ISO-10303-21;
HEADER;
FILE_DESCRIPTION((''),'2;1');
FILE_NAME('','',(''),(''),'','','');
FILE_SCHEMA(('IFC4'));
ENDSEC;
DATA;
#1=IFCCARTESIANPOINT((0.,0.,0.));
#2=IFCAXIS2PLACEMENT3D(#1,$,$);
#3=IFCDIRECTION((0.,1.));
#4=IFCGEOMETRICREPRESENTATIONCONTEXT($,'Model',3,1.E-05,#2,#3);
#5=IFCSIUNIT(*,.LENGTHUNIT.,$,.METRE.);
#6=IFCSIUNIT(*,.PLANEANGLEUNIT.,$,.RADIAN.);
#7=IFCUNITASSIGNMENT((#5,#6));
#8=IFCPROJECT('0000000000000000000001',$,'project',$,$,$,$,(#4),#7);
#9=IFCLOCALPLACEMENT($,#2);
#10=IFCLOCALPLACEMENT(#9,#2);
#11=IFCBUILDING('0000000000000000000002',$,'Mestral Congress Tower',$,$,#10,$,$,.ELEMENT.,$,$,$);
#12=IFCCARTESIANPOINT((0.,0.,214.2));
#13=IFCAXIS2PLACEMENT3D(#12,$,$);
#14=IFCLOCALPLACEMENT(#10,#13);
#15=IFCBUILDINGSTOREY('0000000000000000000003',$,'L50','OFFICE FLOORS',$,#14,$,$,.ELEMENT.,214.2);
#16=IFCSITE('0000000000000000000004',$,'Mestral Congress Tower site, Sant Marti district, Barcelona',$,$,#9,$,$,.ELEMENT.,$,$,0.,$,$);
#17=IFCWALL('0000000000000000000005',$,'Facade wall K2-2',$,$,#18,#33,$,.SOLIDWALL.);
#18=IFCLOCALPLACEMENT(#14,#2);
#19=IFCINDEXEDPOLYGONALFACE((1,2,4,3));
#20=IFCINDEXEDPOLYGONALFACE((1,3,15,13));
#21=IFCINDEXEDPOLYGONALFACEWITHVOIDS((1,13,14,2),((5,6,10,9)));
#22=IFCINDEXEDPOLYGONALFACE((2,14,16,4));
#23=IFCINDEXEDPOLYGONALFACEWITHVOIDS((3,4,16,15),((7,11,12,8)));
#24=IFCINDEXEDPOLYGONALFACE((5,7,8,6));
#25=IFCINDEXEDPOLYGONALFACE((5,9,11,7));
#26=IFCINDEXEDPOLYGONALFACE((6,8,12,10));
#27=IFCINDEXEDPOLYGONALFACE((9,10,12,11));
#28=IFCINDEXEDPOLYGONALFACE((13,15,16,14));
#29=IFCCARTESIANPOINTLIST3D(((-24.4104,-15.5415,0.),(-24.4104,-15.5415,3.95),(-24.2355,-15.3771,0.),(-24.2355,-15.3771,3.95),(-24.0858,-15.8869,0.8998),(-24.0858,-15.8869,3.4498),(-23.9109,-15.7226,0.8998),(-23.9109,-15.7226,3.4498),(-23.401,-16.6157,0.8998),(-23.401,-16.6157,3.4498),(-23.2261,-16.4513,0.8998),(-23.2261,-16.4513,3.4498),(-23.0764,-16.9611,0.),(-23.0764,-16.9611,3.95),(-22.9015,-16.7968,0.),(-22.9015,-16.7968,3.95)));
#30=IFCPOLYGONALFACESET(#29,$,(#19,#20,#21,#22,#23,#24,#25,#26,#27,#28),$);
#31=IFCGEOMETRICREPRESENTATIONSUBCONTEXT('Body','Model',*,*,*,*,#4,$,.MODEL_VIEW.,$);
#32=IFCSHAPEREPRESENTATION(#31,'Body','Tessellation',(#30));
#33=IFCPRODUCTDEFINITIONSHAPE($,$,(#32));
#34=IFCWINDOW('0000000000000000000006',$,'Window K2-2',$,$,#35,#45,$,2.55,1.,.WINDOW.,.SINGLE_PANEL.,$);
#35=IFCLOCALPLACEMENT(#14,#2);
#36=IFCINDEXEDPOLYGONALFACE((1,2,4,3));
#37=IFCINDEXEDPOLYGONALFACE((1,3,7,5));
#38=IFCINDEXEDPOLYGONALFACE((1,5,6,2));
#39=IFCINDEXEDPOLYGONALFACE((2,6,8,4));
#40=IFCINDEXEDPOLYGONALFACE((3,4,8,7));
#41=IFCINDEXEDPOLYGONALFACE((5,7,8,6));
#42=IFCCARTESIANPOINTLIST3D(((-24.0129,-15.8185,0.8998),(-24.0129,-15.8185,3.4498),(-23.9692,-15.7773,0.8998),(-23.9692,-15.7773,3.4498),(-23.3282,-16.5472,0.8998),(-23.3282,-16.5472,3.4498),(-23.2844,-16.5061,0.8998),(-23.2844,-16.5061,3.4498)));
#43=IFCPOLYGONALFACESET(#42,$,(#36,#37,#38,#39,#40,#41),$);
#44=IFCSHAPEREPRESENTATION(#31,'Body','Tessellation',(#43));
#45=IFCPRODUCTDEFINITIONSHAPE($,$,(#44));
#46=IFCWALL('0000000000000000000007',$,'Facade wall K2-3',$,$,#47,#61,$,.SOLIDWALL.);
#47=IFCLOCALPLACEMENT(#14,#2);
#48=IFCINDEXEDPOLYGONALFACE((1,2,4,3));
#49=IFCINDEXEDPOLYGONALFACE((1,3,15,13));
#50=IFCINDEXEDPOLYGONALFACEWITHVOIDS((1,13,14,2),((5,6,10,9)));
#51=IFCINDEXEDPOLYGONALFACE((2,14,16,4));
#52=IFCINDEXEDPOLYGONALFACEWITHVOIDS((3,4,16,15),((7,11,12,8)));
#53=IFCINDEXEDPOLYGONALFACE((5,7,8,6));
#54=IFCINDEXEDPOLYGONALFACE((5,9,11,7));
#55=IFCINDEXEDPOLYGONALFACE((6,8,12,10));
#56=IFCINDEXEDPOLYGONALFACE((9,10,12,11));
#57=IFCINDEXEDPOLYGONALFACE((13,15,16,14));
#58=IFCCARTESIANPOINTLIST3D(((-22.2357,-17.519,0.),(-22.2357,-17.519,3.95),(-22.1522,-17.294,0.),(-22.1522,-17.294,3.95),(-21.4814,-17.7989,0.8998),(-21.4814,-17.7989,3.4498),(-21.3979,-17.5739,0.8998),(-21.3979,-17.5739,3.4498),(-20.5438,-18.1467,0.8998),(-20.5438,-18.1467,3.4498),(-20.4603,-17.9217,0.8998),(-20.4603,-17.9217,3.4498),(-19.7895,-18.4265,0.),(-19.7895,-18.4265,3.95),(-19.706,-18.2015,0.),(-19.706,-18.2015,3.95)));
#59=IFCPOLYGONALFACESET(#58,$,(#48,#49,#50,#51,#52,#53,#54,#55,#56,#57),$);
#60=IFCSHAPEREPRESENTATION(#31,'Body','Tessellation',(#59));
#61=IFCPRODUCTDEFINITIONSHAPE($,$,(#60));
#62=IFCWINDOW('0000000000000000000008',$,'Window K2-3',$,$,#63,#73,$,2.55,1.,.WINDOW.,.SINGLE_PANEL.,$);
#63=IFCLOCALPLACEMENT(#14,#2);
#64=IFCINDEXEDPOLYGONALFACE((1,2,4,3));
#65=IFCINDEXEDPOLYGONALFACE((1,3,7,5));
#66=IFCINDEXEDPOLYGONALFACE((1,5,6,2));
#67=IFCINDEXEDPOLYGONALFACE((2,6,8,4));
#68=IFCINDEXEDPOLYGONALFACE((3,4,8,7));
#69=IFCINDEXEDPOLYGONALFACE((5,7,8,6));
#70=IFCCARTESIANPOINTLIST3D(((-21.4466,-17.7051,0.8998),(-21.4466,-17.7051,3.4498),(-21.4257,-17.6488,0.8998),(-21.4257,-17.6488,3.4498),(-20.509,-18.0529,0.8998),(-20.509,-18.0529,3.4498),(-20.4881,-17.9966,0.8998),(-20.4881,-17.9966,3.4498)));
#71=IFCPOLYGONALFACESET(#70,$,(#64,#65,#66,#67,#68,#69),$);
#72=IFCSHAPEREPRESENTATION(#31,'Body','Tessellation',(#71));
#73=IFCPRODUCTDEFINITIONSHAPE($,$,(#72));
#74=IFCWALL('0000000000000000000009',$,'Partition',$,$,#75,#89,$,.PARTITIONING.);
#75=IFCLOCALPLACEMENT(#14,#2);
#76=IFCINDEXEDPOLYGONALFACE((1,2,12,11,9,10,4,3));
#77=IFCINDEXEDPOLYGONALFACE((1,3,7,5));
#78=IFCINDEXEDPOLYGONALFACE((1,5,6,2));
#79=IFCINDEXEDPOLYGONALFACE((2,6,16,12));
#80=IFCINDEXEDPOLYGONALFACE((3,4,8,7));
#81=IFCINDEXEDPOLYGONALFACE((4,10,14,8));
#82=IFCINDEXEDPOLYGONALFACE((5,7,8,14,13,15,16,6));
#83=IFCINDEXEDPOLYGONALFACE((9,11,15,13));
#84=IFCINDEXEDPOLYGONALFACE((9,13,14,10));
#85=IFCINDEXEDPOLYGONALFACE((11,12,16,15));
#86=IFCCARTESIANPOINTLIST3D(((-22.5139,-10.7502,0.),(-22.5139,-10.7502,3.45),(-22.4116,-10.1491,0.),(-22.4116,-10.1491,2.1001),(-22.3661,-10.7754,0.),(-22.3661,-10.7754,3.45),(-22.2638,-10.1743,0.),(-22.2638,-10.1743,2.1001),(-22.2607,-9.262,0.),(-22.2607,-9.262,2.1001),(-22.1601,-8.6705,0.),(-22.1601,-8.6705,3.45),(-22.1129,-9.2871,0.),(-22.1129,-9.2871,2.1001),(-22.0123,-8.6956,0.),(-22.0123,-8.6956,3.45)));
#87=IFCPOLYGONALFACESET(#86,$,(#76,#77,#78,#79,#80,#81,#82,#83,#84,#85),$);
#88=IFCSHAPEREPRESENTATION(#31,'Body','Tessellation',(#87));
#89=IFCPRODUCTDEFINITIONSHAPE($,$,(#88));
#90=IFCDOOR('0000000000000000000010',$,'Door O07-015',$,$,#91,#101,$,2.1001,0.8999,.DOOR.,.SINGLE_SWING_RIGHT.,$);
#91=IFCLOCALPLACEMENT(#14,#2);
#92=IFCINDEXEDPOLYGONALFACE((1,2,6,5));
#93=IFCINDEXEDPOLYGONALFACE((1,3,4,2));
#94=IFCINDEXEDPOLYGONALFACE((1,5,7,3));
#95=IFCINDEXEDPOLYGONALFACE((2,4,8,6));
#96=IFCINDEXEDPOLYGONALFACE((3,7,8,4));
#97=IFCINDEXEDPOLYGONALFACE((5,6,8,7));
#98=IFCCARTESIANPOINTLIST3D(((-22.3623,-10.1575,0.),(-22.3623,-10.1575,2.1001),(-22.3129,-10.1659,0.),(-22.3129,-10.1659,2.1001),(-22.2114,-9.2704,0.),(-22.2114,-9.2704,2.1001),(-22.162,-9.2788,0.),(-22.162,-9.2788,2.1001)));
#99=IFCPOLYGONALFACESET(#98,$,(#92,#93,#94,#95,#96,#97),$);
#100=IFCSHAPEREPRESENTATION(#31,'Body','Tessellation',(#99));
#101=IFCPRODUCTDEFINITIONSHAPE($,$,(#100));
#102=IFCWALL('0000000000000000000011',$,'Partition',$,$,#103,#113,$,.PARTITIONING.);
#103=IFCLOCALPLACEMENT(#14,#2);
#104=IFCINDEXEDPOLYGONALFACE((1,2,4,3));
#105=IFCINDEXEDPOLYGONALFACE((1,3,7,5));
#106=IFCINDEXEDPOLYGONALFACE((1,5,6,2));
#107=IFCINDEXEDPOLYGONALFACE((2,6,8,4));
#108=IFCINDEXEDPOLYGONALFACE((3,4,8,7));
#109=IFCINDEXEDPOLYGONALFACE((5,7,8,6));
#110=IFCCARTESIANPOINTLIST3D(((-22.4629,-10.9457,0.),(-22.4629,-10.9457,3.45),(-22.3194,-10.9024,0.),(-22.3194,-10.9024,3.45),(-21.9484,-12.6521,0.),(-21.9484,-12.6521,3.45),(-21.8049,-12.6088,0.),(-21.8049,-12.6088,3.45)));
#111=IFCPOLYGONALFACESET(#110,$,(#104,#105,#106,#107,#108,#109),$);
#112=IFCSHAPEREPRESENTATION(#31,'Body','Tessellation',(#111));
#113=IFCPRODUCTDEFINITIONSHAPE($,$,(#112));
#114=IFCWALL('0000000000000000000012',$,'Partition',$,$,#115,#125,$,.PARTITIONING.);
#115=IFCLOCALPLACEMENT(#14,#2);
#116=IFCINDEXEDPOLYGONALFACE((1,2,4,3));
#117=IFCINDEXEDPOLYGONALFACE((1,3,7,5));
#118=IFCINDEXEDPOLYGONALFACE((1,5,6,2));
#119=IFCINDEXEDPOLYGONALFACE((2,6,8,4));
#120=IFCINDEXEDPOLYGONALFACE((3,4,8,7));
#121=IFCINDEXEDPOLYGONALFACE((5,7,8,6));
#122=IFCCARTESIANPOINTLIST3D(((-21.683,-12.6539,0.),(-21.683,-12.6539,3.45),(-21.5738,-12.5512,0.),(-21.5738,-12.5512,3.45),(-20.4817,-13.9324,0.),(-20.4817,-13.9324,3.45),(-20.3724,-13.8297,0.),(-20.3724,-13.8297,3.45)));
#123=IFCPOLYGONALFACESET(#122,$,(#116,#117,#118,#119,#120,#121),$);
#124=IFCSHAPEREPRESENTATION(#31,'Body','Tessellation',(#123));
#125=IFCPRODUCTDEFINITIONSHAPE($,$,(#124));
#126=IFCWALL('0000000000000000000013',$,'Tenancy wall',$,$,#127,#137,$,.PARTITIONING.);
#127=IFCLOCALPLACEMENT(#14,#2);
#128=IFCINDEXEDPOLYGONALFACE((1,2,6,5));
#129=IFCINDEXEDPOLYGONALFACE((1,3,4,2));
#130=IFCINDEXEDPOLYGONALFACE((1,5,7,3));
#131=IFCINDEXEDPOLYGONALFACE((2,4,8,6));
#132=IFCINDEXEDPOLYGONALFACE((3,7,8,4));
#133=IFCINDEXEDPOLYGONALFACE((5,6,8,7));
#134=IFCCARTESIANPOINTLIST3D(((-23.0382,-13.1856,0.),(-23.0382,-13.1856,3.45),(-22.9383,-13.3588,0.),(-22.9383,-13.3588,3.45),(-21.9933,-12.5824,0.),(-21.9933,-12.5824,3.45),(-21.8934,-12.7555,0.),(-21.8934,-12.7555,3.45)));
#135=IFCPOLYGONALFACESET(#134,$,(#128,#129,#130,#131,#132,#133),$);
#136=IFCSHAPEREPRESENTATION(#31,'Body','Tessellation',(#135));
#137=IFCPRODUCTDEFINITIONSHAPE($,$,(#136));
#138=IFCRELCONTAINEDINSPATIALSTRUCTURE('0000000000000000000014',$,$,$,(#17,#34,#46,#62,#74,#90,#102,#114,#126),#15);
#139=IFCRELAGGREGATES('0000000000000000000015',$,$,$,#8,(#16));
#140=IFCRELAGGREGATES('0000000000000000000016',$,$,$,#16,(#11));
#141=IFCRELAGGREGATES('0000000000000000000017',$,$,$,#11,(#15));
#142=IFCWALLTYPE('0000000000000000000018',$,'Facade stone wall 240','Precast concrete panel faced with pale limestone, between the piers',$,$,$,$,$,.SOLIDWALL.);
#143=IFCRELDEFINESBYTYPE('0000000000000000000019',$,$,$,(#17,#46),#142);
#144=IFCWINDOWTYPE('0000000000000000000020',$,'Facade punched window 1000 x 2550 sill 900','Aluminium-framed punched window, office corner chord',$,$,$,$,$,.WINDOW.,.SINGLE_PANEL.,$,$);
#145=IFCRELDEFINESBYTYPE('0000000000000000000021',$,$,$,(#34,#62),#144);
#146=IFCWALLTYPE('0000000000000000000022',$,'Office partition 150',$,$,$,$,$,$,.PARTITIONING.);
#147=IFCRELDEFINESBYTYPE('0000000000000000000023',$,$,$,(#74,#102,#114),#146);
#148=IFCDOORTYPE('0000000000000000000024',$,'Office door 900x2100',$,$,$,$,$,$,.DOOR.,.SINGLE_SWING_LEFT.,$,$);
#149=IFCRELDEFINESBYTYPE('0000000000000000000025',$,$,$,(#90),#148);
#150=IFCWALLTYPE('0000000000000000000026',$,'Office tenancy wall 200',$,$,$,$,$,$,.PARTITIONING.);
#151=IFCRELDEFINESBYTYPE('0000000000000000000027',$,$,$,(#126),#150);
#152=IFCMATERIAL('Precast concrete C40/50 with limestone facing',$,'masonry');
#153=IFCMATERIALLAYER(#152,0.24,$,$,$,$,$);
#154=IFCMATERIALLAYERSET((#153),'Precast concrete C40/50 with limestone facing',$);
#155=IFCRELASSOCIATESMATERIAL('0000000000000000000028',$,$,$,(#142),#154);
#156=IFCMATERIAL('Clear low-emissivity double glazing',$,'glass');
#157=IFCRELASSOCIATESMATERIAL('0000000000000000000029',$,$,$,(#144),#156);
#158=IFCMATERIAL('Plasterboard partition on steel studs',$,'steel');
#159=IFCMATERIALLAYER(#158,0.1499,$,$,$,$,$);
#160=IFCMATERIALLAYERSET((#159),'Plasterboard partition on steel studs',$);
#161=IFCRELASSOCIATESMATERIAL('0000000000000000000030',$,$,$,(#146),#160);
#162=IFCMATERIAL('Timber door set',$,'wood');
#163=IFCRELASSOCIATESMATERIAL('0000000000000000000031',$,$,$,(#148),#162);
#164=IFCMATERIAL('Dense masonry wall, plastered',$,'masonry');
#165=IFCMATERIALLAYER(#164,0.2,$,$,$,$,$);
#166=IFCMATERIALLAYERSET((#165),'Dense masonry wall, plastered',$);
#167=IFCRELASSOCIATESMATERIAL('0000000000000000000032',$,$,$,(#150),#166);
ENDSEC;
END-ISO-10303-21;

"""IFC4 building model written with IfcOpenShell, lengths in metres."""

from ifc_helpers import new_model, si_unit, direction, frame, frame_2d, origin, place, context, subcontext, project, spatial, rectangle, extrude, material, layer, layer_set, type_object, element, fill, save


model = new_model("IFC4")

# Units and contexts
model_context = context("Model", 3, precision=1e-05, world=origin(), true_north=direction((0.0, 1.0)))
body_context = subcontext(model_context, "Body", "Model", "MODEL_VIEW")
ifc_project = project(units=[si_unit("LENGTHUNIT", "METRE"), si_unit("PLANEANGLEUNIT", "RADIAN")], contexts=[model_context])

# Site, building, storey
site_placement = place(None, origin())
site = spatial("IfcSite", under=ifc_project, at=site_placement, Name="Mestral Congress Tower site, Sant Marti district, Barcelona", CompositionType="ELEMENT", RefElevation=0.0)
building_placement = place(site_placement, origin())
building = spatial("IfcBuilding", under=site, at=building_placement, Name="Mestral Congress Tower", CompositionType="ELEMENT")
storey_placement = place(building_placement, frame((0.0, 0.0, 214.2)))
storey = spatial("IfcBuildingStorey", under=building, at=storey_placement, Name="L50", Description="OFFICE FLOORS", CompositionType="ELEMENT", Elevation=214.2)

# Walls, openings, windows
ifc_material_1 = material(Name="Precast concrete C40/50 with limestone facing", Category="masonry")
ifc_layer_1 = layer(ifc_material_1, 0.24)
ifc_layer_set_1 = layer_set([ifc_layer_1], Name="Precast concrete C40/50 with limestone facing")
wall_type_1 = type_object("IfcWallType", Name="Facade stone wall 240", Description="Precast concrete panel faced with pale limestone, between the piers", PredefinedType="SOLIDWALL", material=ifc_layer_set_1)
ifc_material_2 = material(Name="Clear low-emissivity double glazing", Category="glass")
window_type = type_object("IfcWindowType", Name="Facade punched window 1000 x 2550 sill 900", Description="Aluminium-framed punched window, office corner chord", PartitioningType="SINGLE_PANEL", PredefinedType="WINDOW", material=ifc_material_2)
wall_1_placement = place(storey_placement, frame((-24.323, -15.4592, 0.0), z_axis=(0.0, 0.0, 1.0), x_axis=(0.68477, -0.728759, 0.0)))
wall_1 = element("IfcWall", 1, at=wall_1_placement, inside=storey, type_object=wall_type_1, Name="Facade wall K2-2", PredefinedType="SOLIDWALL", context=body_context, shape_type="SweptSolid", body=[
    extrude(rectangle(XDim=1.948, YDim=0.24, at=frame_2d((0.9741, 0.0))), origin(), (0.0, 0.0, 1.0), 3.95),
])
opening_1_placement = place(wall_1_placement, frame((0.4741, 0.0, 0.8999)))
opening_1 = element("IfcOpeningElement", 2, at=opening_1_placement, cuts=wall_1, PredefinedType="OPENING", context=body_context, shape_type="SweptSolid", body=[
    extrude(rectangle(XDim=1.0, YDim=2.55, at=frame_2d((0.5, 1.2749))), frame((0.0, 0.1299, 0.0), z_axis=(0.0, -1.0, 0.0), x_axis=(1.0, 0.0, 0.0)), (0.0, 0.0, 1.0), 0.26),
])
window_1_placement = place(opening_1_placement, origin())
window_1 = element("IfcWindow", 3, at=window_1_placement, inside=storey, type_object=window_type, Name="Window K2-2", OverallHeight=2.55, OverallWidth=1.0, PartitioningType="SINGLE_PANEL", PredefinedType="WINDOW", context=body_context, shape_type="SweptSolid", body=[
    extrude(rectangle(XDim=1.0, YDim=2.55, at=frame_2d((0.5, 1.2749))), frame((0.0, 0.04, 0.0), z_axis=(0.0, -1.0, 0.0), x_axis=(1.0, 0.0, 0.0)), (0.0, 0.0, 1.0), 0.0601),
])
fill(opening_1, window_1)
wall_2_placement = place(storey_placement, frame((-22.1941, -17.4065, 0.0), z_axis=(0.0, 0.0, 1.0), x_axis=(0.937569, -0.347799, 0.0)))
wall_2 = element("IfcWall", 4, at=wall_2_placement, inside=storey, type_object=wall_type_1, Name="Facade wall K2-3", PredefinedType="SOLIDWALL", context=body_context, shape_type="SweptSolid", body=[
    extrude(rectangle(XDim=2.6091, YDim=0.24, at=frame_2d((1.3047, 0.0))), origin(), (0.0, 0.0, 1.0), 3.95),
])
opening_2_placement = place(wall_2_placement, frame((0.8047, 0.0, 0.8999)))
opening_2 = element("IfcOpeningElement", 5, at=opening_2_placement, cuts=wall_2, PredefinedType="OPENING", context=body_context, shape_type="SweptSolid", body=[
    extrude(rectangle(XDim=1.0, YDim=2.55, at=frame_2d((0.5, 1.2749))), frame((0.0, 0.1299, 0.0), z_axis=(0.0, -1.0, 0.0), x_axis=(1.0, 0.0, 0.0)), (0.0, 0.0, 1.0), 0.26),
])
window_2_placement = place(opening_2_placement, origin())
window_2 = element("IfcWindow", 6, at=window_2_placement, inside=storey, type_object=window_type, Name="Window K2-3", OverallHeight=2.55, OverallWidth=1.0, PartitioningType="SINGLE_PANEL", PredefinedType="WINDOW", context=body_context, shape_type="SweptSolid", body=[
    extrude(rectangle(XDim=1.0, YDim=2.55, at=frame_2d((0.5, 1.2749))), frame((0.0, 0.04, 0.0), z_axis=(0.0, -1.0, 0.0), x_axis=(1.0, 0.0, 0.0)), (0.0, 0.0, 1.0), 0.0601),
])
fill(opening_2, window_2)

# Wall, opening, door
ifc_material_3 = material(Name="Plasterboard partition on steel studs", Category="steel")
ifc_layer_2 = layer(ifc_material_3, 0.1499)
ifc_layer_set_2 = layer_set([ifc_layer_2], Name="Plasterboard partition on steel studs")
wall_type_2 = type_object("IfcWallType", Name="Office partition 150", PredefinedType="PARTITIONING", material=ifc_layer_set_2)
wall_3_placement = place(storey_placement, frame((-22.4399, -10.7627, 0.0), z_axis=(0.0, 0.0, 1.0), x_axis=(0.167682, 0.985841, 0.0)))
wall_3 = element("IfcWall", 7, at=wall_3_placement, inside=storey, type_object=wall_type_2, Name="Partition", PredefinedType="PARTITIONING", context=body_context, shape_type="SweptSolid", body=[
    extrude(rectangle(XDim=2.1096, YDim=0.1499, at=frame_2d((1.0547, 0.0))), origin(), (0.0, 0.0, 1.0), 3.45),
])
opening_3_placement = place(wall_3_placement, frame((0.6096, 0.0, 0.0)))
opening_3 = element("IfcOpeningElement", 8, at=opening_3_placement, cuts=wall_3, PredefinedType="OPENING", context=body_context, shape_type="SweptSolid", body=[
    extrude(rectangle(XDim=0.8999, YDim=2.1001, at=frame_2d((0.45, 1.05))), frame((0.0, 0.085, 0.0), z_axis=(0.0, -1.0, 0.0), x_axis=(1.0, 0.0, 0.0)), (0.0, 0.0, 1.0), 0.1699),
])
ifc_material_4 = material(Name="Timber door set", Category="wood")
door_type = type_object("IfcDoorType", Name="Office door 900x2100", OperationType="SINGLE_SWING_LEFT", PredefinedType="DOOR", material=ifc_material_4)
door_placement = place(opening_3_placement, origin())
door = element("IfcDoor", 9, at=door_placement, inside=storey, type_object=door_type, Name="Door O07-015", OperationType="SINGLE_SWING_RIGHT", OverallHeight=2.1001, OverallWidth=0.8999, PredefinedType="DOOR", context=body_context, shape_type="SweptSolid", body=[
    extrude(rectangle(XDim=0.8999, YDim=2.1001, at=frame_2d((0.45, 1.05))), frame((0.0, 0.0249, 0.0), z_axis=(0.0, -1.0, 0.0), x_axis=(1.0, 0.0, 0.0)), (0.0, 0.0, 1.0), 0.05),
])
fill(opening_3, door)

# Walls
wall_4_placement = place(storey_placement, frame((-22.3911, -10.9241, 0.0), z_axis=(0.0, 0.0, 1.0), x_axis=(0.288642, -0.957437, 0.0)))
element("IfcWall", 10, at=wall_4_placement, inside=storey, type_object=wall_type_2, Name="Partition", PredefinedType="PARTITIONING", context=body_context, shape_type="SweptSolid", body=[
    extrude(rectangle(XDim=1.7822, YDim=0.1499, at=frame_2d((0.8911, 0.0))), origin(), (0.0, 0.0, 1.0), 3.45),
])
wall_5_placement = place(storey_placement, frame((-21.6284, -12.6025, 0.0), z_axis=(0.0, 0.0, 1.0), x_axis=(0.684778, -0.728751, 0.0)))
element("IfcWall", 11, at=wall_5_placement, inside=storey, type_object=wall_type_2, Name="Partition", PredefinedType="PARTITIONING", context=body_context, shape_type="SweptSolid", body=[
    extrude(rectangle(XDim=1.7544, YDim=0.1499, at=frame_2d((0.8772, 0.0))), origin(), (0.0, 0.0, 1.0), 3.45),
])
ifc_material_5 = material(Name="Dense masonry wall, plastered", Category="masonry")
ifc_layer_3 = layer(ifc_material_5, 0.2)
ifc_layer_set_3 = layer_set([ifc_layer_3], Name="Dense masonry wall, plastered")
wall_type_3 = type_object("IfcWallType", Name="Office tenancy wall 200", PredefinedType="PARTITIONING", material=ifc_layer_set_3)
wall_6_placement = place(storey_placement, frame((-21.9434, -12.6689, 0.0), z_axis=(0.0, 0.0, 1.0), x_axis=(-0.866031, -0.499991, 0.0)))
element("IfcWall", 12, at=wall_6_placement, inside=storey, type_object=wall_type_3, Name="Tenancy wall", PredefinedType="PARTITIONING", context=body_context, shape_type="SweptSolid", body=[
    extrude(rectangle(XDim=1.2065, YDim=0.2, at=frame_2d((0.6033, 0.0))), origin(), (0.0, 0.0, 1.0), 3.45),
])

save(model, "model.ifc")
